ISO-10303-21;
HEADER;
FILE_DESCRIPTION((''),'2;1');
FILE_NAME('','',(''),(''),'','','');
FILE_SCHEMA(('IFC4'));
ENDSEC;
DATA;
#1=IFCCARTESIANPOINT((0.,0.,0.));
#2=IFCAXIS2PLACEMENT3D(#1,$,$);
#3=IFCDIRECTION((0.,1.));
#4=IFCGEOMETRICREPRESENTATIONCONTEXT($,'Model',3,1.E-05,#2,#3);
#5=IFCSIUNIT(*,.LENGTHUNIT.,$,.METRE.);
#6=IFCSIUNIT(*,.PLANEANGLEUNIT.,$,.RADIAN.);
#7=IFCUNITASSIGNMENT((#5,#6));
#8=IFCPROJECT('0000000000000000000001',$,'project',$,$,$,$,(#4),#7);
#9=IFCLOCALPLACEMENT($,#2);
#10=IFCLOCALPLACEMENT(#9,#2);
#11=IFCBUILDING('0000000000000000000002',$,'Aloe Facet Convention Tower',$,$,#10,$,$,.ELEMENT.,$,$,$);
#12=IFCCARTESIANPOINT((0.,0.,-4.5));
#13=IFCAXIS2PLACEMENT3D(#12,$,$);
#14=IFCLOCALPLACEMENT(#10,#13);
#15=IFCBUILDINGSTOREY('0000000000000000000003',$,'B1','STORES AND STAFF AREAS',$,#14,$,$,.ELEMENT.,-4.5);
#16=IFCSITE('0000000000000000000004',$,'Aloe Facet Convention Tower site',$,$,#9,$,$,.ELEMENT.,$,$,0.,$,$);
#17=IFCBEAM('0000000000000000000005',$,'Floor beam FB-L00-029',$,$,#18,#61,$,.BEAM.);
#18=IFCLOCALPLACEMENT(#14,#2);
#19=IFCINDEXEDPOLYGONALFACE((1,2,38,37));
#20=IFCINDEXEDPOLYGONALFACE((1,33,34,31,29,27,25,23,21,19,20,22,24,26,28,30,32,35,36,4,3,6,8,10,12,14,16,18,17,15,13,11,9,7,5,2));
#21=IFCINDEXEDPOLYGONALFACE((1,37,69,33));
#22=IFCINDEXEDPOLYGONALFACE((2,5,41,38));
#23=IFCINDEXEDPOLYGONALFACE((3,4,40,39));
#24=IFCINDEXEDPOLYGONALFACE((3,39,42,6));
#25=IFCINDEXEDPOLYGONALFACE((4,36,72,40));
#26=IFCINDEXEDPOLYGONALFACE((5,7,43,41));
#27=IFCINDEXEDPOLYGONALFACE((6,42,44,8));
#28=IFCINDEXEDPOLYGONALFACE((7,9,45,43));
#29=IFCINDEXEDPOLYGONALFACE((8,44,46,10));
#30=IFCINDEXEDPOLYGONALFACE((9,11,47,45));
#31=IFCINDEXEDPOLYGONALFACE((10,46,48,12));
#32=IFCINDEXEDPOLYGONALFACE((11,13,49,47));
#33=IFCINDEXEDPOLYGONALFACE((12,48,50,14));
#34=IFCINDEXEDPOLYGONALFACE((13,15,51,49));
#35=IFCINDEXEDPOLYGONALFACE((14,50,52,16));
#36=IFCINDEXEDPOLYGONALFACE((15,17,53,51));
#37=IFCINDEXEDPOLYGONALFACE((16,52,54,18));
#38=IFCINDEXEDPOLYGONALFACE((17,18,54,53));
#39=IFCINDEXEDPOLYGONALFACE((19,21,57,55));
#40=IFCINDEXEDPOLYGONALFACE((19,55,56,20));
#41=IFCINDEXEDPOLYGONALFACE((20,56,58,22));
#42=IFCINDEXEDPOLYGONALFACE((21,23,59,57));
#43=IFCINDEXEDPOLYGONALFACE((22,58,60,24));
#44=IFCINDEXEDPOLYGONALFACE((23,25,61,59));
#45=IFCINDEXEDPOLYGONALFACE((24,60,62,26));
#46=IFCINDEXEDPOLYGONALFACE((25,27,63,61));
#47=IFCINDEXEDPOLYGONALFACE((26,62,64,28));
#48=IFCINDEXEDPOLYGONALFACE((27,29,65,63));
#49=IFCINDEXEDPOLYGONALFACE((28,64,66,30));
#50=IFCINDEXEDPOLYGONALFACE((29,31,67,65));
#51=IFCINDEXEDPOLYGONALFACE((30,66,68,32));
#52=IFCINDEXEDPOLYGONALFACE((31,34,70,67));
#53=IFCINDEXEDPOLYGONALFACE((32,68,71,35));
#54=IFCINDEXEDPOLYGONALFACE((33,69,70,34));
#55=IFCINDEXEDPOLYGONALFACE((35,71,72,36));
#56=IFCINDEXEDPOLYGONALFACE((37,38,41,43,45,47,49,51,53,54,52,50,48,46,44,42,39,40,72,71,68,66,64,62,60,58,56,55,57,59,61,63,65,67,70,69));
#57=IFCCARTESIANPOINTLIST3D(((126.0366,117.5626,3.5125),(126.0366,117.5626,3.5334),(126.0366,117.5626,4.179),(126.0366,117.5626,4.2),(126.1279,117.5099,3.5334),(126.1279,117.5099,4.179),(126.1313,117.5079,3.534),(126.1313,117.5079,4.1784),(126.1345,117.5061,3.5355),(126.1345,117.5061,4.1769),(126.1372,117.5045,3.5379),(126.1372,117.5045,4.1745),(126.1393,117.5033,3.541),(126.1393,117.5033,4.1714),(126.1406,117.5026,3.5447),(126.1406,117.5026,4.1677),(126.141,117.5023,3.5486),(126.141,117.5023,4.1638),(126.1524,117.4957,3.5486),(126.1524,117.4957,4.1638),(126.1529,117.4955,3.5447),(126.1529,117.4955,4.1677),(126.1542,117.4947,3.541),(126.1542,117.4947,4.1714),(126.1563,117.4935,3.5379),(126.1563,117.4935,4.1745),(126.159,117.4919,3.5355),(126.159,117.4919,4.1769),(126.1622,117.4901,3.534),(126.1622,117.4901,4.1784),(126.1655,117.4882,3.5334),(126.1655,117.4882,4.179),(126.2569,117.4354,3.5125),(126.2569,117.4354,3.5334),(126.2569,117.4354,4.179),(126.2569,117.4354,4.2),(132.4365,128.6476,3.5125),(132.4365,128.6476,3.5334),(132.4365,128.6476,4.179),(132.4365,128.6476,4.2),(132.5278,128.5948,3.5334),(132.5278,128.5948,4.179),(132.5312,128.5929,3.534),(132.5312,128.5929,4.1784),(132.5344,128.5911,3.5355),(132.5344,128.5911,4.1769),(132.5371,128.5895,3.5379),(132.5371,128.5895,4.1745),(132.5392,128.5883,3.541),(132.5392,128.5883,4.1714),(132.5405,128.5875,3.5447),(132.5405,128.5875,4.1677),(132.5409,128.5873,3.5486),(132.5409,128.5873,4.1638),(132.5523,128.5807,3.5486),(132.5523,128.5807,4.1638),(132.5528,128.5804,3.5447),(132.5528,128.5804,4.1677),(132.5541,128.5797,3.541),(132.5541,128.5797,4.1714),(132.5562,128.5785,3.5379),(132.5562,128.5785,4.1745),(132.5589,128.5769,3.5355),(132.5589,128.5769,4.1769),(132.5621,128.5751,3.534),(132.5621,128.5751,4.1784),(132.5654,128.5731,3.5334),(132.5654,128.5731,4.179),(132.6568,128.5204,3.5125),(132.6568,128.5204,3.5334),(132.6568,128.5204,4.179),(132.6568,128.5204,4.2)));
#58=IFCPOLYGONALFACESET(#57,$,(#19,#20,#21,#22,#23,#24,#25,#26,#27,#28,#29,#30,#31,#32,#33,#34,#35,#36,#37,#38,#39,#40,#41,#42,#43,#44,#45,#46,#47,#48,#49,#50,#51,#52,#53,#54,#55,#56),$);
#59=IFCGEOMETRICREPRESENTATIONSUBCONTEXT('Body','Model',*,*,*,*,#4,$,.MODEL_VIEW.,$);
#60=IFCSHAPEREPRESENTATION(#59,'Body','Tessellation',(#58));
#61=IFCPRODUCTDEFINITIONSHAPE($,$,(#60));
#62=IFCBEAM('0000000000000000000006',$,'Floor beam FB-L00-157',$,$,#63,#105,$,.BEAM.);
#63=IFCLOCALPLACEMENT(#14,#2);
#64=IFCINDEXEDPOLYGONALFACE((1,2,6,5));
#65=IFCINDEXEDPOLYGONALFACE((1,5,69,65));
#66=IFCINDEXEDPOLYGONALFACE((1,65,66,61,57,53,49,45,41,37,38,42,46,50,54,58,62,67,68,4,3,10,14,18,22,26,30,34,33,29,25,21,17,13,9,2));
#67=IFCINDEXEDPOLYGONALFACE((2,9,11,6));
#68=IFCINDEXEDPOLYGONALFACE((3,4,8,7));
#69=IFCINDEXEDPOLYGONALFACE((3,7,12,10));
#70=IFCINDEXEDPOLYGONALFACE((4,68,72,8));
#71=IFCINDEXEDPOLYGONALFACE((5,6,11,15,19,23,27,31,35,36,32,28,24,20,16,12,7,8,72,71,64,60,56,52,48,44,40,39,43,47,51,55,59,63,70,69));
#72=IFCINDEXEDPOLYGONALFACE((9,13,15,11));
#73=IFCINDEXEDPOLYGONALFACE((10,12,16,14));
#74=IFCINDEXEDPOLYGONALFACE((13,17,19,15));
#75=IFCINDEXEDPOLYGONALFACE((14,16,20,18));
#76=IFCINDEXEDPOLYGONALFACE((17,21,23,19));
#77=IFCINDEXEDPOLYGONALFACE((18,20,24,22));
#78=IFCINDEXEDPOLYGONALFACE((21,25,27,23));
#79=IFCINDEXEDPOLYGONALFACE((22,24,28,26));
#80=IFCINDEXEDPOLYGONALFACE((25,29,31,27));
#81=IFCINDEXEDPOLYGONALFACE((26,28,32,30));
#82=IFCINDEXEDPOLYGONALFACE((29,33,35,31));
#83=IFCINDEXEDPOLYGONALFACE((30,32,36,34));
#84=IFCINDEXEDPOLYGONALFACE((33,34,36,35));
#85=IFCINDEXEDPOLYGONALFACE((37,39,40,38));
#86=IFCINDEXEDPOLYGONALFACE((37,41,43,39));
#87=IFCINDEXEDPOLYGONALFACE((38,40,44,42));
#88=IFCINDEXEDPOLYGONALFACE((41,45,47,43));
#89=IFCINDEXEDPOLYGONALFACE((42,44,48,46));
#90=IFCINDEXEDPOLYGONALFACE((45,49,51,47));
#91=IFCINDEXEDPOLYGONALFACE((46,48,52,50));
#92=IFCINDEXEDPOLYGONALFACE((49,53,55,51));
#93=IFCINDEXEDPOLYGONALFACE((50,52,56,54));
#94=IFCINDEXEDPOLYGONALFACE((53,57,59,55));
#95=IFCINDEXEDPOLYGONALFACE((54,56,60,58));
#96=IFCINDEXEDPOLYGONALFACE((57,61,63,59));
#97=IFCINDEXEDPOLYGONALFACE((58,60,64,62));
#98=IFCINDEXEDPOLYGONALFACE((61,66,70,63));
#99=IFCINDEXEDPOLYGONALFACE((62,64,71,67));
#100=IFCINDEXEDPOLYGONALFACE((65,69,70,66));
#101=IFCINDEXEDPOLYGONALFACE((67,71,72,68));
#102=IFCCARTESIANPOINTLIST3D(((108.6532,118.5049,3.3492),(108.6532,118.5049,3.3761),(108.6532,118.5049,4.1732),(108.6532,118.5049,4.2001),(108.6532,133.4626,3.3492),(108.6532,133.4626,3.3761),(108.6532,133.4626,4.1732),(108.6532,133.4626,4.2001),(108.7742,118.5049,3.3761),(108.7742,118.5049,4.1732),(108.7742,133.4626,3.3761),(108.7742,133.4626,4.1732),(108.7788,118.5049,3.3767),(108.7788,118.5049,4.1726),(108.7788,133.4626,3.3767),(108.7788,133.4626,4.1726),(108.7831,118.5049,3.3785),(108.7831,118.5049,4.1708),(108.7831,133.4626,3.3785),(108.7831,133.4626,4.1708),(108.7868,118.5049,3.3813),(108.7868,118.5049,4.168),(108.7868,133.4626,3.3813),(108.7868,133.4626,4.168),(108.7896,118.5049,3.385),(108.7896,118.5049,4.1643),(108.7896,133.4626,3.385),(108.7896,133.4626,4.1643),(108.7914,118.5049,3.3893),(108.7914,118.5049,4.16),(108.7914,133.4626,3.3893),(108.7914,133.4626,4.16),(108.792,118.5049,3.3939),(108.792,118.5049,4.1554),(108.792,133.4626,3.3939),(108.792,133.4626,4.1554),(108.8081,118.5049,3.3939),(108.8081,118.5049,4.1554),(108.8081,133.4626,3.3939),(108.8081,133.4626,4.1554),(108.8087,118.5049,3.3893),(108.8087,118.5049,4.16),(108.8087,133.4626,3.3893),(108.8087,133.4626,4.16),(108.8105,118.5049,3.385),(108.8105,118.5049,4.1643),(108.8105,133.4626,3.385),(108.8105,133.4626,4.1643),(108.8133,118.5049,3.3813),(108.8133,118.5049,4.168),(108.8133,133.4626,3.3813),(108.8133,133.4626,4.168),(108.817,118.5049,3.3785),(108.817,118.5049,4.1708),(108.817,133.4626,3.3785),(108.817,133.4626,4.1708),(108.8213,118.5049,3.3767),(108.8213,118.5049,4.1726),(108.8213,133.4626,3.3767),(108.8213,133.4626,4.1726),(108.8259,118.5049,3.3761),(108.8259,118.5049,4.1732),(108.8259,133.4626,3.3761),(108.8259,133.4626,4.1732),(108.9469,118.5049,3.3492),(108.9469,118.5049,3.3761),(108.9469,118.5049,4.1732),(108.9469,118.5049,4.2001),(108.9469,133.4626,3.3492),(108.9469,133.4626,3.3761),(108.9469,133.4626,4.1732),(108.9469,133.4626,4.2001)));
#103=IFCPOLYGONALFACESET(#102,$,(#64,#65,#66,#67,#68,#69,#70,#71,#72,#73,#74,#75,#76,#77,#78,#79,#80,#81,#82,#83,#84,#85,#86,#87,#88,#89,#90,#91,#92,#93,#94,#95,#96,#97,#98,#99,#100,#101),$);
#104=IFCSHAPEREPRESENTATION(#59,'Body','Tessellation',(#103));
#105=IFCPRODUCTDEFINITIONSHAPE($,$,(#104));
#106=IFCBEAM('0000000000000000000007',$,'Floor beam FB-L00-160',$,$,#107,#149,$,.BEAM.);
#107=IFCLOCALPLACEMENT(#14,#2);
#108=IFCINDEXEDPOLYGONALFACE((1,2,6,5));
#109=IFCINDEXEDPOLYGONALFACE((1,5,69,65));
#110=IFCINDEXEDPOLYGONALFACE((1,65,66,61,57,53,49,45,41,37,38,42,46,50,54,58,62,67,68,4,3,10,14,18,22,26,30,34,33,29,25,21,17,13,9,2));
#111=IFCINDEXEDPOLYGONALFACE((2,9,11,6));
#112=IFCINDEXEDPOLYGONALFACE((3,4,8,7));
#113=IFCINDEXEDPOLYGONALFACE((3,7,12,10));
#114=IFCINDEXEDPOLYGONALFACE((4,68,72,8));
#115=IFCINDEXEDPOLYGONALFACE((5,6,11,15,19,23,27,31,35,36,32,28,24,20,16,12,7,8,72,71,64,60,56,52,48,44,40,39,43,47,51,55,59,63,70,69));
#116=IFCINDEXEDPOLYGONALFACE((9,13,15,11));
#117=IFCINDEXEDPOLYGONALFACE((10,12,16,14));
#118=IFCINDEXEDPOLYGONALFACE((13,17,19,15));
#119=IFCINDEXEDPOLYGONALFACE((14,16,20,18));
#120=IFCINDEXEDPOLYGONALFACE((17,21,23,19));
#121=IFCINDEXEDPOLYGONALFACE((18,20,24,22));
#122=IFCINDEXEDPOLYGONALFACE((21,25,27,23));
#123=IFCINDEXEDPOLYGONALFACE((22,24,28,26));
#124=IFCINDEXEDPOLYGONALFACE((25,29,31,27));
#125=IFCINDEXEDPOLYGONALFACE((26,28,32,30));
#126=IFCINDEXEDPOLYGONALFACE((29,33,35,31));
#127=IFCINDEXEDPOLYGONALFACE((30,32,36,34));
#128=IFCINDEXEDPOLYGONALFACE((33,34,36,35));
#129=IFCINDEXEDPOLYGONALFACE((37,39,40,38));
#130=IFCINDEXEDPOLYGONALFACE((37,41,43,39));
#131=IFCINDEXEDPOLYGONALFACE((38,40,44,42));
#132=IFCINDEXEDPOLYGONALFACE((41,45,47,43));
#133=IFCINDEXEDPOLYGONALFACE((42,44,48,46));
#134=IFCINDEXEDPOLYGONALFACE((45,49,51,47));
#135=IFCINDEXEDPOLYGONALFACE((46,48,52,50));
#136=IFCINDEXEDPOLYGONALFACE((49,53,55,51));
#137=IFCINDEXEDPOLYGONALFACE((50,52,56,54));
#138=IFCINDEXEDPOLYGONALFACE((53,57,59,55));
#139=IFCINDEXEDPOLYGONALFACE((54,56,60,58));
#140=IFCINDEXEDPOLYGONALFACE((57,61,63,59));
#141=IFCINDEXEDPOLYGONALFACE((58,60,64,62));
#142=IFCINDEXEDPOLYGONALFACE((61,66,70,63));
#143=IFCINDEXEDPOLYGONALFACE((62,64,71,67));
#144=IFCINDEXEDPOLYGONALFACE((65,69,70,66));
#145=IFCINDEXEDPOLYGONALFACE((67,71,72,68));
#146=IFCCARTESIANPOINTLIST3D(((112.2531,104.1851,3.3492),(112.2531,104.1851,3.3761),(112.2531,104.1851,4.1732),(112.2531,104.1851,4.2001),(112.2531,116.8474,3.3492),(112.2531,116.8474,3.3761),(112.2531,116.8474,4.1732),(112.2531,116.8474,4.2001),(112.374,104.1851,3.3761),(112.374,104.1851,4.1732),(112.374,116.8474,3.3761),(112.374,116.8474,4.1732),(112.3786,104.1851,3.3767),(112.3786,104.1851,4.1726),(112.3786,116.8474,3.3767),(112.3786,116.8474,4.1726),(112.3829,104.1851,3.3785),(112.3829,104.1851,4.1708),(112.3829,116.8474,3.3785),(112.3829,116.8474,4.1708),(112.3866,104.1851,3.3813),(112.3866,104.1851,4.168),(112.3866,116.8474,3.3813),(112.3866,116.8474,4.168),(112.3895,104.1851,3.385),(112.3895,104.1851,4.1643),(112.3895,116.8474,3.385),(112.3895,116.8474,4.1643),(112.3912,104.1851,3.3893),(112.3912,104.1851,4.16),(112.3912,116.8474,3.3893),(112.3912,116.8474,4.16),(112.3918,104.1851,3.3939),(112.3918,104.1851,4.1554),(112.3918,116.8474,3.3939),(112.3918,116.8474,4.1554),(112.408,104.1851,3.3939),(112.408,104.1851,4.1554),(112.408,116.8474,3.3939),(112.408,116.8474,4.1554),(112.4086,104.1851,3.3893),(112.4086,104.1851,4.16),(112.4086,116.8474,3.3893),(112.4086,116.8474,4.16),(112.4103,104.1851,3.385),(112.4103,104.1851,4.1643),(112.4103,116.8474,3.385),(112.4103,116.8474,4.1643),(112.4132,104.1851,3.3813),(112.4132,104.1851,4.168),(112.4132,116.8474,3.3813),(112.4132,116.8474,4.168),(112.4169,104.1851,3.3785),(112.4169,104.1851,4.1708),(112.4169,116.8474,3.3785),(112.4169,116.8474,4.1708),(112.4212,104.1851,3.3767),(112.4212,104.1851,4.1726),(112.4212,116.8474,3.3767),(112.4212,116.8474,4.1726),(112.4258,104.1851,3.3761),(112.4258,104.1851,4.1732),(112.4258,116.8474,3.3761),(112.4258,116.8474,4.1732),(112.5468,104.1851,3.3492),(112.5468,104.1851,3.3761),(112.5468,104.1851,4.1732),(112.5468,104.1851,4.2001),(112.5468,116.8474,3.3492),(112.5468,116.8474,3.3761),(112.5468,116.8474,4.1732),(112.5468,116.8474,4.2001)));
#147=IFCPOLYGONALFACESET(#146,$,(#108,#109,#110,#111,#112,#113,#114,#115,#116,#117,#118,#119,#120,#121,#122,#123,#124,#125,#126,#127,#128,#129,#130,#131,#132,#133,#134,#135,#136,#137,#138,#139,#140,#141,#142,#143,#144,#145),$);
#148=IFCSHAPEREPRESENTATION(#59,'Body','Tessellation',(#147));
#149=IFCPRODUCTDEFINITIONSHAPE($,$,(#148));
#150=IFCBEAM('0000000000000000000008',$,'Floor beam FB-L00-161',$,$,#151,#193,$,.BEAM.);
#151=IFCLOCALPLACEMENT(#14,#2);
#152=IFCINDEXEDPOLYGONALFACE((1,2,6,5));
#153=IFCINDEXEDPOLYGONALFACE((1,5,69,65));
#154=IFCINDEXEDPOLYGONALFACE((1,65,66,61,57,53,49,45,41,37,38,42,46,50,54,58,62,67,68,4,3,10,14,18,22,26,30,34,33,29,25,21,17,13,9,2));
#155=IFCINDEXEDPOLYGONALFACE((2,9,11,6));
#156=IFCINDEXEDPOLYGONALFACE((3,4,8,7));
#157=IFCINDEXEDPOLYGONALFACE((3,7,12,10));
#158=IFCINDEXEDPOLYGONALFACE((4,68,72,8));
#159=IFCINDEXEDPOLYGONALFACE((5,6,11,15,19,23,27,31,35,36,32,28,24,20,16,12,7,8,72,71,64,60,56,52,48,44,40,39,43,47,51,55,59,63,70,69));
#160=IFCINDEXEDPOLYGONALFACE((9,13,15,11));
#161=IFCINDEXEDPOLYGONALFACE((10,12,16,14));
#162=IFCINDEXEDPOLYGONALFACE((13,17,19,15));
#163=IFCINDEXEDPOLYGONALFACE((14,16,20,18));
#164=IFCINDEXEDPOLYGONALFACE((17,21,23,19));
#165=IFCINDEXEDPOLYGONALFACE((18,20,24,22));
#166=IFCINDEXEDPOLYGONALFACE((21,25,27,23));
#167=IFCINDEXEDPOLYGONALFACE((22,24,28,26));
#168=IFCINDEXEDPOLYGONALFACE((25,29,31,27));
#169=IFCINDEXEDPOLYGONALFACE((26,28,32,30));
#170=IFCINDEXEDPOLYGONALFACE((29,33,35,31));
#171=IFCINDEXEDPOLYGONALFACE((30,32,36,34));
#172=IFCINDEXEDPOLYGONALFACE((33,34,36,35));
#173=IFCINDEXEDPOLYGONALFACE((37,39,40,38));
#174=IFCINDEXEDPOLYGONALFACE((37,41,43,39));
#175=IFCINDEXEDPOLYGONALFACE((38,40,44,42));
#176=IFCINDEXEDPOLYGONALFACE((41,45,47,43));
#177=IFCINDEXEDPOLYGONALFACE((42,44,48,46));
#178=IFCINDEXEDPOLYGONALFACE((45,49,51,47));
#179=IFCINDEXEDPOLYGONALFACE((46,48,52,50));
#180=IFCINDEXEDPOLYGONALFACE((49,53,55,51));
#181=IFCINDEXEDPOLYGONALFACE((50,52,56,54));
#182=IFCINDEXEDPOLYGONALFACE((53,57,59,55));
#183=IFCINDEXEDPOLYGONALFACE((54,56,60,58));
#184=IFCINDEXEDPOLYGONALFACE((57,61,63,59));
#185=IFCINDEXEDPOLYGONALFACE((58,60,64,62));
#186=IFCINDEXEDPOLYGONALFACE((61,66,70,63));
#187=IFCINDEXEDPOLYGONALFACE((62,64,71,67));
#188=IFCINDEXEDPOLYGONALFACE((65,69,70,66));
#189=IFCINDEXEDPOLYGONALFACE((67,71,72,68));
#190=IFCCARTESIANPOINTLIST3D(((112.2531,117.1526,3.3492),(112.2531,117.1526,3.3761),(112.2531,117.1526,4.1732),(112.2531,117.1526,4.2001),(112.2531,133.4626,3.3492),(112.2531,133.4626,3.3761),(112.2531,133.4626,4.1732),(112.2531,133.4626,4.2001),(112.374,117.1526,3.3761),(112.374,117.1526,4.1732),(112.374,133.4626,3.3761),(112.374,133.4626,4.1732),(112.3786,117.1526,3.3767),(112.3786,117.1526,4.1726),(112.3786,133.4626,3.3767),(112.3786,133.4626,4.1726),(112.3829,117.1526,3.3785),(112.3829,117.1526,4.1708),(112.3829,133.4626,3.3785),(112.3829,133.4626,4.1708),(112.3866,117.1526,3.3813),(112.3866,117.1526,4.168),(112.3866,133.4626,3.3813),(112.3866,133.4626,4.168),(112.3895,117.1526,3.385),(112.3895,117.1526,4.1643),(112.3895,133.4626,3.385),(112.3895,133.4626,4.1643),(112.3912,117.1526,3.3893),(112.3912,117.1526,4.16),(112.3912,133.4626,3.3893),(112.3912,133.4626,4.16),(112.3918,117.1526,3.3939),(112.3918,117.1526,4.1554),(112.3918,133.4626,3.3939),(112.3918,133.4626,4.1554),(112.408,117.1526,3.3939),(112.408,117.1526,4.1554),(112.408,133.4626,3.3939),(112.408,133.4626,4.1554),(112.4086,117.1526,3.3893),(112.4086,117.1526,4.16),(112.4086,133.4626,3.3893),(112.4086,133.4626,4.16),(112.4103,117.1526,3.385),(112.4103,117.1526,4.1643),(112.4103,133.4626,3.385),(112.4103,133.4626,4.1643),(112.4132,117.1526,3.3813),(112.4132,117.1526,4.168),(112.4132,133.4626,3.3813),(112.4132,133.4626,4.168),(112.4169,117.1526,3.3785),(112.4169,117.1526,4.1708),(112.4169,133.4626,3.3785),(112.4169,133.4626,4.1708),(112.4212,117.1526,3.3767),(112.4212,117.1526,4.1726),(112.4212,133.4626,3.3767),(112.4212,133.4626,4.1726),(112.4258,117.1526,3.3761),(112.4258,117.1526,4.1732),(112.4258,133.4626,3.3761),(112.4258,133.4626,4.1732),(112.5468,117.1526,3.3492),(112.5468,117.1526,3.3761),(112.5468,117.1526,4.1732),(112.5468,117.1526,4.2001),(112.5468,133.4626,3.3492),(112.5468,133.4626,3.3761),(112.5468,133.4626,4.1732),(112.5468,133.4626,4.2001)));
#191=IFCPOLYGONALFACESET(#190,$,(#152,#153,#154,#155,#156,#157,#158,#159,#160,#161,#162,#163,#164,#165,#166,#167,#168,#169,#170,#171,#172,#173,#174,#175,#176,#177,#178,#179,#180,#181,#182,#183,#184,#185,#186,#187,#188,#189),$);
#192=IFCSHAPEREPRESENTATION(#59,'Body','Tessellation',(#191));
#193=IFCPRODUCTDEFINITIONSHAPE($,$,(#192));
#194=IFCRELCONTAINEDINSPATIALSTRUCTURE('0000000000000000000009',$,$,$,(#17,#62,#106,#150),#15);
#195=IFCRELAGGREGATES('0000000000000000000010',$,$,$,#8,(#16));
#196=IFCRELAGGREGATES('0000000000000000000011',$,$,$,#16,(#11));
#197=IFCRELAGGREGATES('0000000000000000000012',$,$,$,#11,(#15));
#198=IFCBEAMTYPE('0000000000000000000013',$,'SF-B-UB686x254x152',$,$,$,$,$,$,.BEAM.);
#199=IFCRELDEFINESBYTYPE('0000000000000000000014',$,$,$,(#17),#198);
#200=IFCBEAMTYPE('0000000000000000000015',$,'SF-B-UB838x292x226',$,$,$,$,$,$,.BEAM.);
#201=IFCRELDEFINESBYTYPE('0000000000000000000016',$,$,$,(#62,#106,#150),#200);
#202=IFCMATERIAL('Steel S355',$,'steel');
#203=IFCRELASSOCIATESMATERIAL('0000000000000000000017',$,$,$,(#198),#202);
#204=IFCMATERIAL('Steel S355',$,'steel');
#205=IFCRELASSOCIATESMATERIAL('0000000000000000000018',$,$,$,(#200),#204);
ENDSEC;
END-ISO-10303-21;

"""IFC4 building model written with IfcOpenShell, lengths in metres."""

from ifc_helpers import new_model, si_unit, direction, frame, origin, origin_2d, place, context, subcontext, project, spatial, i_section, extrude, material, material_profile, profile_set, type_object, element, save


model = new_model("IFC4")

# Units and contexts
model_context = context("Model", 3, precision=1e-05, world=origin(), true_north=direction((0.0, 1.0)))
body_context = subcontext(model_context, "Body", "Model", "MODEL_VIEW")
ifc_project = project(units=[si_unit("LENGTHUNIT", "METRE"), si_unit("PLANEANGLEUNIT", "RADIAN")], contexts=[model_context])

# Site, building, storey
site_placement = place(None, origin())
site = spatial("IfcSite", under=ifc_project, at=site_placement, Name="Aloe Facet Convention Tower site", CompositionType="ELEMENT", RefElevation=0.0)
building_placement = place(site_placement, origin())
building = spatial("IfcBuilding", under=site, at=building_placement, Name="Aloe Facet Convention Tower", CompositionType="ELEMENT")
storey_placement = place(building_placement, frame((0.0, 0.0, -4.5)))
storey = spatial("IfcBuildingStorey", under=building, at=storey_placement, Name="B1", Description="STORES AND STAFF AREAS", CompositionType="ELEMENT", Elevation=-4.5)

# Beams
ifc_material_1 = material(Name="Steel S355", Category="steel")
ifc_material_profile_1 = material_profile(ifc_material_1, i_section(OverallWidth=0.2544, OverallDepth=0.6875, WebThickness=0.0132, FlangeThickness=0.021, FilletRadius=0.0151, at=origin_2d()), Name="UB 686x254x152")
ifc_profile_set_1 = profile_set([ifc_material_profile_1], Name="Steel S355")
beam_type_1 = type_object("IfcBeamType", Name="SF-B-UB686x254x152", PredefinedType="BEAM", material=ifc_profile_set_1)
beam_1_placement = place(storey_placement, frame((132.5466, 128.584, 3.8562), z_axis=(-0.5, -0.866025, 0.0), x_axis=(0.866025, -0.5, 0.0)))
element("IfcBeam", 1, at=beam_1_placement, inside=storey, type_object=beam_type_1, Name="Floor beam FB-L00-029", PredefinedType="BEAM", context=body_context, shape_type="SweptSolid", body=[
    extrude(i_section(OverallWidth=0.2544, OverallDepth=0.6875, WebThickness=0.0132, FlangeThickness=0.021, FilletRadius=0.0151, at=origin_2d()), origin(), (0.0, 0.0, 1.0), 12.7998),
])
ifc_material_2 = material(Name="Steel S355", Category="steel")
ifc_material_profile_2 = material_profile(ifc_material_2, i_section(OverallWidth=0.2937, OverallDepth=0.8508, WebThickness=0.0161, FlangeThickness=0.0269, FilletRadius=0.0178, at=origin_2d()), Name="UB 838x292x226")
ifc_profile_set_2 = profile_set([ifc_material_profile_2], Name="Steel S355")
beam_type_2 = type_object("IfcBeamType", Name="SF-B-UB838x292x226", PredefinedType="BEAM", material=ifc_profile_set_2)
beam_2_placement = place(storey_placement, frame((108.8, 118.5049, 3.7747), z_axis=(0.0, 1.0, 0.0), x_axis=(-1.0, 0.0, 0.0)))
element("IfcBeam", 2, at=beam_2_placement, inside=storey, type_object=beam_type_2, Name="Floor beam FB-L00-157", PredefinedType="BEAM", context=body_context, shape_type="SweptSolid", body=[
    extrude(i_section(OverallWidth=0.2937, OverallDepth=0.8508, WebThickness=0.0161, FlangeThickness=0.0269, FilletRadius=0.0178, at=origin_2d()), origin(), (0.0, 0.0, 1.0), 14.9578),
])
beam_3_placement = place(storey_placement, frame((112.3999, 104.1851, 3.7747), z_axis=(0.0, 1.0, 0.0), x_axis=(-1.0, 0.0, 0.0)))
element("IfcBeam", 3, at=beam_3_placement, inside=storey, type_object=beam_type_2, Name="Floor beam FB-L00-160", PredefinedType="BEAM", context=body_context, shape_type="SweptSolid", body=[
    extrude(i_section(OverallWidth=0.2937, OverallDepth=0.8508, WebThickness=0.0161, FlangeThickness=0.0269, FilletRadius=0.0178, at=origin_2d()), origin(), (0.0, 0.0, 1.0), 12.6624),
])
beam_4_placement = place(storey_placement, frame((112.3999, 117.1526, 3.7747), z_axis=(0.0, 1.0, 0.0), x_axis=(-1.0, 0.0, 0.0)))
element("IfcBeam", 4, at=beam_4_placement, inside=storey, type_object=beam_type_2, Name="Floor beam FB-L00-161", PredefinedType="BEAM", context=body_context, shape_type="SweptSolid", body=[
    extrude(i_section(OverallWidth=0.2937, OverallDepth=0.8508, WebThickness=0.0161, FlangeThickness=0.0269, FilletRadius=0.0178, at=origin_2d()), origin(), (0.0, 0.0, 1.0), 16.3101),
])

save(model, "model.ifc")
